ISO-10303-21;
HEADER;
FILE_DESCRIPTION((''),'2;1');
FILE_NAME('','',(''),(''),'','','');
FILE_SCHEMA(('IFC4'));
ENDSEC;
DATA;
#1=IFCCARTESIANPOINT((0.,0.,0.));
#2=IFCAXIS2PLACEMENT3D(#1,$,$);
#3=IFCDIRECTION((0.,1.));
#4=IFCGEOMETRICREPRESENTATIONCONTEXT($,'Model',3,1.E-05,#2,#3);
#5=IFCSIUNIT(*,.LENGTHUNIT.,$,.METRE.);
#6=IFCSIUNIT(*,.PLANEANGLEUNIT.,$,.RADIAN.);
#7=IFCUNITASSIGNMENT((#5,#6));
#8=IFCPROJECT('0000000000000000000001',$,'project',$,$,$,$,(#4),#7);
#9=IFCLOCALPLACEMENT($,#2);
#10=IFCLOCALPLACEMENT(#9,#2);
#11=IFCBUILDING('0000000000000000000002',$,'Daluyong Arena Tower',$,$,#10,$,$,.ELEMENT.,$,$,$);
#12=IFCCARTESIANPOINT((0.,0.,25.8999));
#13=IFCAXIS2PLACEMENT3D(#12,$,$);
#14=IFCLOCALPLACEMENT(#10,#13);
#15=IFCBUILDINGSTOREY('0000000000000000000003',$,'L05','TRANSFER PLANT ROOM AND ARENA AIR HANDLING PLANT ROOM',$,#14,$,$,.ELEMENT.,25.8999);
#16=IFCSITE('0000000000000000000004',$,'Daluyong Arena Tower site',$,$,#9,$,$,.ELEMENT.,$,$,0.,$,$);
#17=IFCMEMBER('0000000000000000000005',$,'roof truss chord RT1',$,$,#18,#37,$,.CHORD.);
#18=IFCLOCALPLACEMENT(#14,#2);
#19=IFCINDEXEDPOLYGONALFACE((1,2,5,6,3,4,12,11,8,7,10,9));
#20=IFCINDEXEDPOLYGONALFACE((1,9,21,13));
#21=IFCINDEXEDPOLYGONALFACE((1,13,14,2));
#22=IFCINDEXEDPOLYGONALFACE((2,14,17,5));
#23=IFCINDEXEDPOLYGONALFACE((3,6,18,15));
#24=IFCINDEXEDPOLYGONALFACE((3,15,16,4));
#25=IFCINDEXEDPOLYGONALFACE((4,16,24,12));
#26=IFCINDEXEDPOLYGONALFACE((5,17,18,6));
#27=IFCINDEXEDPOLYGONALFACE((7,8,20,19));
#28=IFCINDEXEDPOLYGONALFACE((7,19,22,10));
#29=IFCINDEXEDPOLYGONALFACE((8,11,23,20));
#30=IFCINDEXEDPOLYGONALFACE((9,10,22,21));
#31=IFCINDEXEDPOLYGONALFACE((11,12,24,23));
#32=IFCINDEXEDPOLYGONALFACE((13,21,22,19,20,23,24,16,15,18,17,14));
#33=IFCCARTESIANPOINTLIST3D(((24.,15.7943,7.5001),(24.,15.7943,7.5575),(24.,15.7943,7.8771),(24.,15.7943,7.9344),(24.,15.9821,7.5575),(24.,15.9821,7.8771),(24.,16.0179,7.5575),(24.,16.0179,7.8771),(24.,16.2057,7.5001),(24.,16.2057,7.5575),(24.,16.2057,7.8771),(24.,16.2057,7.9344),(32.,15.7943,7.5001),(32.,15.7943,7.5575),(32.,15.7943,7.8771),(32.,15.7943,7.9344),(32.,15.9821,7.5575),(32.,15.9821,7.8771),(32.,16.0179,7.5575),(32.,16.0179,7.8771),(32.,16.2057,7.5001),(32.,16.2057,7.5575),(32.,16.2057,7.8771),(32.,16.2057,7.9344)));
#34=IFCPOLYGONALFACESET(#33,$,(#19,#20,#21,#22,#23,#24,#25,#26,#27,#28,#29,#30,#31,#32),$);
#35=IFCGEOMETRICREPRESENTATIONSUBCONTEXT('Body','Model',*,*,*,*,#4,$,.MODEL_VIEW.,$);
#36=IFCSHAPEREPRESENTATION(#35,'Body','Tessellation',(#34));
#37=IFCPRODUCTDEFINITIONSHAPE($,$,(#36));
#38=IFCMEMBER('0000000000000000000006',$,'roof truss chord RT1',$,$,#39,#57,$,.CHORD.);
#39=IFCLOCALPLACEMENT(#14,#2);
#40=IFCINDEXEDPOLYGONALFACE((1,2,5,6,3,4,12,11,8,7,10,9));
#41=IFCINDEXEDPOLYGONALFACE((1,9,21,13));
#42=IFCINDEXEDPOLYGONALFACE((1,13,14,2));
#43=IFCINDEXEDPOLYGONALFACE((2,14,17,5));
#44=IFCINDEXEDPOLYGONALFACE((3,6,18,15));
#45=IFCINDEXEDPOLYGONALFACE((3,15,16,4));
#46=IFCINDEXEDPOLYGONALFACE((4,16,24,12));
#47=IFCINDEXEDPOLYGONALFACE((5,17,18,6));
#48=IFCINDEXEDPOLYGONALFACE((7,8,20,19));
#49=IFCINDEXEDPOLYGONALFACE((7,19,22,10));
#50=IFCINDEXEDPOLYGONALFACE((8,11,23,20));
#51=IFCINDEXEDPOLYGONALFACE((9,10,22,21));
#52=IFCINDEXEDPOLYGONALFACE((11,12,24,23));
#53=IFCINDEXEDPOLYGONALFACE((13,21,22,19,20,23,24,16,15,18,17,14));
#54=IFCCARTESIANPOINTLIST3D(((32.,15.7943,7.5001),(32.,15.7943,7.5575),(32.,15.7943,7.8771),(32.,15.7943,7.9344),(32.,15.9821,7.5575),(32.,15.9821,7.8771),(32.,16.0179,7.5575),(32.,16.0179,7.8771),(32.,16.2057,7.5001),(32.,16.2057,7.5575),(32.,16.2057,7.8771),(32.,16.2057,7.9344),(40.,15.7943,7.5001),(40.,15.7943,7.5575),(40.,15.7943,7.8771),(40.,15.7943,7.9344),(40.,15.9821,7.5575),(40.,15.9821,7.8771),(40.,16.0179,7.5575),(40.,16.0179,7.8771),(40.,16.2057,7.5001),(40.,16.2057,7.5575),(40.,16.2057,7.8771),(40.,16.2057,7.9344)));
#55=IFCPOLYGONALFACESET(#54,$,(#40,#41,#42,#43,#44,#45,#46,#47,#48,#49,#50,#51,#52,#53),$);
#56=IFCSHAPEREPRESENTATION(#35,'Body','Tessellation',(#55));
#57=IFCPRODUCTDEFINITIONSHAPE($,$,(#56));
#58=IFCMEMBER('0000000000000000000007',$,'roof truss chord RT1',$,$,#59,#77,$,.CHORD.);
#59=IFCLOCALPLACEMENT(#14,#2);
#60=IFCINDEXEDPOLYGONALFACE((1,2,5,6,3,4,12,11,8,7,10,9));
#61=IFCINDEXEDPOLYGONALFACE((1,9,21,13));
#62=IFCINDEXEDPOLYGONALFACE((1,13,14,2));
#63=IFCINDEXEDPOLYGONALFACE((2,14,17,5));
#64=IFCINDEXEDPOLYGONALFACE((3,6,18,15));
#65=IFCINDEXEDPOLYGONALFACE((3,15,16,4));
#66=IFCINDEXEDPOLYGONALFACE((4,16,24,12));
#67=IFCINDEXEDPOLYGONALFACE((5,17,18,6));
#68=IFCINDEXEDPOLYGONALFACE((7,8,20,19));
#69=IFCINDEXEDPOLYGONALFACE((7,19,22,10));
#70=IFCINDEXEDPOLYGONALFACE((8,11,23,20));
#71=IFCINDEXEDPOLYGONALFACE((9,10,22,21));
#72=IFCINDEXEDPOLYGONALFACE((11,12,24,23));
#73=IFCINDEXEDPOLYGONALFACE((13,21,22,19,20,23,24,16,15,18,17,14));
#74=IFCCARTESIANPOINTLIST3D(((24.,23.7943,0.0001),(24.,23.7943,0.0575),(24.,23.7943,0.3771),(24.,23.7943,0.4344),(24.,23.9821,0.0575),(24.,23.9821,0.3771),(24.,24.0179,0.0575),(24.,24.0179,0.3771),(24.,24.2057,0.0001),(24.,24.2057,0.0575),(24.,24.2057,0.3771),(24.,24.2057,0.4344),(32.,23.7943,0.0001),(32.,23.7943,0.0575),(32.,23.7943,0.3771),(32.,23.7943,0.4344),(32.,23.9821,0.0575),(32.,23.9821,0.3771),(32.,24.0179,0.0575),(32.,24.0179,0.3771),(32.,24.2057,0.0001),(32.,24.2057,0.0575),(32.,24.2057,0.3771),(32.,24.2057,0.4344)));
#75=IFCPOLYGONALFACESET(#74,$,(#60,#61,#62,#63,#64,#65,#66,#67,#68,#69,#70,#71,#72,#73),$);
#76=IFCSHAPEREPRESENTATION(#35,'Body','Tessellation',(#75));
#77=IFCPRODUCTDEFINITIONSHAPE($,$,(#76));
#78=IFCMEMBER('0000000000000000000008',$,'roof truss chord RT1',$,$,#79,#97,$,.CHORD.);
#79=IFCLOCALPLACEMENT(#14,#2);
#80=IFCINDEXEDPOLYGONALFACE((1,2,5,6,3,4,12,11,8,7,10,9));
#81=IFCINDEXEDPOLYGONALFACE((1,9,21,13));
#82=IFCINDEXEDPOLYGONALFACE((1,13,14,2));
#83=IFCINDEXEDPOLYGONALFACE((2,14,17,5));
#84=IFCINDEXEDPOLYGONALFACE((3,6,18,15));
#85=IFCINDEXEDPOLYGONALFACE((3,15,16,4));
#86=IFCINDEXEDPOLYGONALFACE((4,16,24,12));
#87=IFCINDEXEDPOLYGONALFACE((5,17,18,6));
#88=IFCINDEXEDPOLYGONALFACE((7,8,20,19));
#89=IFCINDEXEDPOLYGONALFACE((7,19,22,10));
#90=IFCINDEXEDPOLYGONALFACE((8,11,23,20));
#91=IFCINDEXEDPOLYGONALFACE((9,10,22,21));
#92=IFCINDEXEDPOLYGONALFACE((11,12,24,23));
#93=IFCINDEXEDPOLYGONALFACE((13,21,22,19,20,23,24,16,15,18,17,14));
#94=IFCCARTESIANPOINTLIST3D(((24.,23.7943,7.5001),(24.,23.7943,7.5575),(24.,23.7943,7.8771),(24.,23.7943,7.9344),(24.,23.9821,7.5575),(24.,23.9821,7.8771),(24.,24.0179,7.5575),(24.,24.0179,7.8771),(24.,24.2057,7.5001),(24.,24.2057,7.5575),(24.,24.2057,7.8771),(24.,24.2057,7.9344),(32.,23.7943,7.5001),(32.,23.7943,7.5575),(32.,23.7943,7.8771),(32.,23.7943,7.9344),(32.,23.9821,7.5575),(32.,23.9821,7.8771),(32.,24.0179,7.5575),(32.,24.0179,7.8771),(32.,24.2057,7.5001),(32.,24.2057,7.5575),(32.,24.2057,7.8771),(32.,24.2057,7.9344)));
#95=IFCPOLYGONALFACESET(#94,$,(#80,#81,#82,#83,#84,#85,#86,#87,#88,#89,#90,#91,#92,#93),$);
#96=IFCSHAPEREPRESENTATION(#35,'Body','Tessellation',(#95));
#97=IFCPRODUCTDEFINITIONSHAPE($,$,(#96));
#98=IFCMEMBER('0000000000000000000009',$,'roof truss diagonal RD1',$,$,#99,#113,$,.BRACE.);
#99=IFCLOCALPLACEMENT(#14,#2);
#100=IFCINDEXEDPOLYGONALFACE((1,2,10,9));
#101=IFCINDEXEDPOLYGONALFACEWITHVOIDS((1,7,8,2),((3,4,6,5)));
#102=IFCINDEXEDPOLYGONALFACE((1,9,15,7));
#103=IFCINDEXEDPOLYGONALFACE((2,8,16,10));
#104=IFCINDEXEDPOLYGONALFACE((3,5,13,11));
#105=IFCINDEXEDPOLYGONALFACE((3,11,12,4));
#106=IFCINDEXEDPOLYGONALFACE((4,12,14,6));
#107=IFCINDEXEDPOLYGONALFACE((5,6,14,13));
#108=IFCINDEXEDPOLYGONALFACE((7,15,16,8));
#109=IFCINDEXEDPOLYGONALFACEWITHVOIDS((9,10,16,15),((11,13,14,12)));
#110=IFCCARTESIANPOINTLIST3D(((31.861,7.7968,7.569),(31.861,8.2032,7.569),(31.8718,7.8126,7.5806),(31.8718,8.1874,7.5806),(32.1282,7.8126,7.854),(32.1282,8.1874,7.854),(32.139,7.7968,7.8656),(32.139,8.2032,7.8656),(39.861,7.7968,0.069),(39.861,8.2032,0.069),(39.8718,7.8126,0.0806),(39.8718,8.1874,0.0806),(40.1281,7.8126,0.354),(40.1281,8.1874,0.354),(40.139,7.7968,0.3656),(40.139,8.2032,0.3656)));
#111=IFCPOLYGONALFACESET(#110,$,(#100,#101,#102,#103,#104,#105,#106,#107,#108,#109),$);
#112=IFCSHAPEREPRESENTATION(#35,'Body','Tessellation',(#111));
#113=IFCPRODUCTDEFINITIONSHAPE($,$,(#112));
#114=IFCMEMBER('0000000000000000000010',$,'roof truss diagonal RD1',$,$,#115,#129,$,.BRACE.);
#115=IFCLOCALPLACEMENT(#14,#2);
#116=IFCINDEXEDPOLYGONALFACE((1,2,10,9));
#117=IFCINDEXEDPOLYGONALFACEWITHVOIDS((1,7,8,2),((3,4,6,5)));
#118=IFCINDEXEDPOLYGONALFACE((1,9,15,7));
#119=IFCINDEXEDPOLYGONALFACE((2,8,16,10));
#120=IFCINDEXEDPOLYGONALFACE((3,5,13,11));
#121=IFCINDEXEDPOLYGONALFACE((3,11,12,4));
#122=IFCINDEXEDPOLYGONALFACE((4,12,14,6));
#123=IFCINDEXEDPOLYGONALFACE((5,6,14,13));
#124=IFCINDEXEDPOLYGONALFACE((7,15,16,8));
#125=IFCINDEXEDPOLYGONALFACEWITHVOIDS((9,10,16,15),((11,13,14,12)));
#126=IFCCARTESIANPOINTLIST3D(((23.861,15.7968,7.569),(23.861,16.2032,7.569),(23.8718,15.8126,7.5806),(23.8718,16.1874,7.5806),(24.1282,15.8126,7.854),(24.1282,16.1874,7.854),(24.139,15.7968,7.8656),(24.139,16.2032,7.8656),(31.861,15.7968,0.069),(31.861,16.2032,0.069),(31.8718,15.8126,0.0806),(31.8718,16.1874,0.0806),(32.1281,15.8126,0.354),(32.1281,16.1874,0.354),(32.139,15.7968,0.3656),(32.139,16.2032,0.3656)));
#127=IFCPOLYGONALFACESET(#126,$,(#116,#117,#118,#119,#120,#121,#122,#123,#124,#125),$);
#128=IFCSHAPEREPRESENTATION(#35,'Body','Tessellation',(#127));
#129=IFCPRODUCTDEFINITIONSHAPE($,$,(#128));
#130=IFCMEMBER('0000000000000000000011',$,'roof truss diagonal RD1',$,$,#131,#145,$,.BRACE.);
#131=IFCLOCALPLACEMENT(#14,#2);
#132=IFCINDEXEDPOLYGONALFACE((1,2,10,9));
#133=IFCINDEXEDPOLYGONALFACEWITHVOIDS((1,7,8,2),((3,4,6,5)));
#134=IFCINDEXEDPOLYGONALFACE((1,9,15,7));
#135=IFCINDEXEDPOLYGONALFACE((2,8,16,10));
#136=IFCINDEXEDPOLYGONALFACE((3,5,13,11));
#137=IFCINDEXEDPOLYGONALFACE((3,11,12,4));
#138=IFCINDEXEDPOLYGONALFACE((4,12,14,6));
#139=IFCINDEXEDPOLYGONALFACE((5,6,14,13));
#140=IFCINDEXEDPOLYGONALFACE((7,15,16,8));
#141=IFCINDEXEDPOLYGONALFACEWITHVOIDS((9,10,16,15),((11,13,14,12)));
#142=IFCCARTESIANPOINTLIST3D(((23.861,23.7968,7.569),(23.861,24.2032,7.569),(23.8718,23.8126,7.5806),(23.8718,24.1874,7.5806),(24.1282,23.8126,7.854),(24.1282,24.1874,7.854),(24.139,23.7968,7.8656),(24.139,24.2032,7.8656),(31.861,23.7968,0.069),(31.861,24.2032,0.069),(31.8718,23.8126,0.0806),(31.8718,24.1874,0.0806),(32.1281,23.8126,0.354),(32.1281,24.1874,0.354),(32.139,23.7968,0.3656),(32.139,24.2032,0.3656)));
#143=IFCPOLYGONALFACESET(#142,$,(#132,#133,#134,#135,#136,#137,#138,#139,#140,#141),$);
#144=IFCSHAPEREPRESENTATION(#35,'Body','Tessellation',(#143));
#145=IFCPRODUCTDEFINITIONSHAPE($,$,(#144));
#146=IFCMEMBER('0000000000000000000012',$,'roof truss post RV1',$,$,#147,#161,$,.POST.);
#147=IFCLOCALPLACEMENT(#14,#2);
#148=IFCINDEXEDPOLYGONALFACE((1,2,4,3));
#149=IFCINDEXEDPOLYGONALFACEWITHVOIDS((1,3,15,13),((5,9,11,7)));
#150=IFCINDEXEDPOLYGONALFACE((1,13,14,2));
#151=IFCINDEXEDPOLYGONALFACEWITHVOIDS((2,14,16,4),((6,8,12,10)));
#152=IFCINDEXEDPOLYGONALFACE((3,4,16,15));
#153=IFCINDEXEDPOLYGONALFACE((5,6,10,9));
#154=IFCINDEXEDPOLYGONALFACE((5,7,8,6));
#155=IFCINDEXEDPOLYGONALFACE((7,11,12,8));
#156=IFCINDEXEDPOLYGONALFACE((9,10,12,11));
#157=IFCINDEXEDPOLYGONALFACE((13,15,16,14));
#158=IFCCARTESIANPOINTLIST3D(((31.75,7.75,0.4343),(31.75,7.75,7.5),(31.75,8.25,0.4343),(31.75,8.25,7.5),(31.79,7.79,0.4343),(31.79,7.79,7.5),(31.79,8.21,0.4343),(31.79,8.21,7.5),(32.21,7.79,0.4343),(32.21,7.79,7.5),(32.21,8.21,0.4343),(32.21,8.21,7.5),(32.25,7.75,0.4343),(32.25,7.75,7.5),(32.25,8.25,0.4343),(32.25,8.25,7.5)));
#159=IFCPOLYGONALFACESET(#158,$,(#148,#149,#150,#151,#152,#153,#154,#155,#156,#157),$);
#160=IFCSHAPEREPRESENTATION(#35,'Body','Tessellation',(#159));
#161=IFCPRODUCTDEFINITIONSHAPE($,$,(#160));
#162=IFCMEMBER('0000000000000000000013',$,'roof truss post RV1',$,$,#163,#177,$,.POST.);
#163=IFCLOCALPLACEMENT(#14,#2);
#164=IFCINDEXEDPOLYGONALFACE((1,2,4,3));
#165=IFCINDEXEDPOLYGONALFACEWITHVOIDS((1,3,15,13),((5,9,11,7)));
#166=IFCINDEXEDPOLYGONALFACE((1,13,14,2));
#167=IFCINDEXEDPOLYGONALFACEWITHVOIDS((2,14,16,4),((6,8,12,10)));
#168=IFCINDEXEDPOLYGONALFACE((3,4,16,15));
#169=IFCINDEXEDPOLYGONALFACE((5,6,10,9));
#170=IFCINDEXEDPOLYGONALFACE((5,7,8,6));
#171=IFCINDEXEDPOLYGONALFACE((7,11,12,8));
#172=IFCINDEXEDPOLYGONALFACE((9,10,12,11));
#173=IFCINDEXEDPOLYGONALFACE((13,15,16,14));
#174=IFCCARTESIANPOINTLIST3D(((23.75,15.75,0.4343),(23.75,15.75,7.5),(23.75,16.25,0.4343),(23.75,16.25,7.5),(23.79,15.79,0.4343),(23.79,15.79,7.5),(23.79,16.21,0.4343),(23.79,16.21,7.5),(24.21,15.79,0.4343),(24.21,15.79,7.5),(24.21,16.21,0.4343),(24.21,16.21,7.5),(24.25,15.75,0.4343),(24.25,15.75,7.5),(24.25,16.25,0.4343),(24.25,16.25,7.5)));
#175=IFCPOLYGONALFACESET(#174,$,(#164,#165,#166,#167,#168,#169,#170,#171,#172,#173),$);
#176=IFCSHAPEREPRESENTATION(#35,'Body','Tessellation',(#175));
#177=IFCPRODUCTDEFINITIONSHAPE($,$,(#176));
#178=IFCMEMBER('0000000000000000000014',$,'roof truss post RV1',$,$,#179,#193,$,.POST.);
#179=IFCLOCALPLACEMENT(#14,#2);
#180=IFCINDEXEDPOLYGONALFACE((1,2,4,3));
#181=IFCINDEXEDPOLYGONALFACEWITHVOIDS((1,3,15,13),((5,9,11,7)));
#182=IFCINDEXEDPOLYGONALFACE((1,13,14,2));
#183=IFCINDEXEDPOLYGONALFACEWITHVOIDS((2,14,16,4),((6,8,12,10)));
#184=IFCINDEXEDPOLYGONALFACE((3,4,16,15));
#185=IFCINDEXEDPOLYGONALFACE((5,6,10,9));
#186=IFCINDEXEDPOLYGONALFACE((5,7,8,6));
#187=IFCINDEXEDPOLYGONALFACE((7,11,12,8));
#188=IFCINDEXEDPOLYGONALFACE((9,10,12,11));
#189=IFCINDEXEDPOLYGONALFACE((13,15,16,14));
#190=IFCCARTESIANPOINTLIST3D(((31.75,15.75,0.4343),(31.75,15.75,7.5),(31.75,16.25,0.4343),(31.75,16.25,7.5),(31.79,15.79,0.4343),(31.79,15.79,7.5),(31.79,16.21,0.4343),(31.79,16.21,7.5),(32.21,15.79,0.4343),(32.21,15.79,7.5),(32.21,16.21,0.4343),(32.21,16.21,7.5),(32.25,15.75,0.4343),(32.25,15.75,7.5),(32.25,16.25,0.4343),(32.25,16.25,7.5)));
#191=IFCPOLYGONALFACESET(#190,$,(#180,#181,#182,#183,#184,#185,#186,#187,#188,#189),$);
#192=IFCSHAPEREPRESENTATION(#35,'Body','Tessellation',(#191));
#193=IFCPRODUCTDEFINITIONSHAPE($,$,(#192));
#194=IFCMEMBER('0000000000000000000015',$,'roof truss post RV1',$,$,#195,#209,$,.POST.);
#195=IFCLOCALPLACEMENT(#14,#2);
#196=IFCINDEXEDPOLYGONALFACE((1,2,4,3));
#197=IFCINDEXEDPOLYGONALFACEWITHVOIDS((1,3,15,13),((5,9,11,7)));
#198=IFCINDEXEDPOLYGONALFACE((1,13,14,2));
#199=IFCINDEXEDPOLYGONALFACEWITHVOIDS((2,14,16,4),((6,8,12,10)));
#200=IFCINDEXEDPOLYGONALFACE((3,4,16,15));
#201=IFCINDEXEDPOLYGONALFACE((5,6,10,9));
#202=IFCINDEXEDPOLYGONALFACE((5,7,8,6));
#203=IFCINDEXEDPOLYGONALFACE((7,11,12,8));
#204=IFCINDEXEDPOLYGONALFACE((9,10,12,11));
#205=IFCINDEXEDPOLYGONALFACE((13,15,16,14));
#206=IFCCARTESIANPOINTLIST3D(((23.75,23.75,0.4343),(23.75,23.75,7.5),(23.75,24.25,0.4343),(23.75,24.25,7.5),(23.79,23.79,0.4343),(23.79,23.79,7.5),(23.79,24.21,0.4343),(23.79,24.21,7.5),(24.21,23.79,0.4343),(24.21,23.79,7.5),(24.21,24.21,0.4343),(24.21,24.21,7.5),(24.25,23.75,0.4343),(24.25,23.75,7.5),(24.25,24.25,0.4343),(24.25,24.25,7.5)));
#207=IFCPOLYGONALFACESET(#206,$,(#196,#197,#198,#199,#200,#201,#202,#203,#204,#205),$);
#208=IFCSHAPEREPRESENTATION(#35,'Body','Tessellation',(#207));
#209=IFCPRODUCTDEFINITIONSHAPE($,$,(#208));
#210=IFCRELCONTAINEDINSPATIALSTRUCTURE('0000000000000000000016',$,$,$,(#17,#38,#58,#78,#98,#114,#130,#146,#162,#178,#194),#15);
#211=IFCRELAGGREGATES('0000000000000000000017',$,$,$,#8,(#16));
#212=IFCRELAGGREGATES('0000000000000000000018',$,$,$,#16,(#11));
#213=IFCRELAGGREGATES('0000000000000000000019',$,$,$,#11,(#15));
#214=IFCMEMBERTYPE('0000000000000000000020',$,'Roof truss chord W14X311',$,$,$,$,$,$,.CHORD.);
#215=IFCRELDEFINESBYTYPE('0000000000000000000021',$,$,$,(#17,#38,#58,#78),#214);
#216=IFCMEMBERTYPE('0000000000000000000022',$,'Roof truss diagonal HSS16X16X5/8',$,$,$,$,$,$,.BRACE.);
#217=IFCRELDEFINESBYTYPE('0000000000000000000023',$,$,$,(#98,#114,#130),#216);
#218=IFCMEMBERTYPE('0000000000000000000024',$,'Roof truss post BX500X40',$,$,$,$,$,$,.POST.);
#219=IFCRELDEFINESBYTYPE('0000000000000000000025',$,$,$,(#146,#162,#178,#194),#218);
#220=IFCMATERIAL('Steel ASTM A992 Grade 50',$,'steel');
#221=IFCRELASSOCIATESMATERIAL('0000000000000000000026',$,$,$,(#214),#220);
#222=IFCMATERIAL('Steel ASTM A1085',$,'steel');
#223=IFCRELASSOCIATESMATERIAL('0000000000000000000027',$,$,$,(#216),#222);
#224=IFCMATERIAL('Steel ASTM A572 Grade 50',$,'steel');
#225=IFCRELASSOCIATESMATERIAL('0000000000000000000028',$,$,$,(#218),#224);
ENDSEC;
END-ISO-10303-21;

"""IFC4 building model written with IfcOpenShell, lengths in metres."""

from ifc_helpers import new_model, si_unit, direction, frame, origin, origin_2d, place, context, subcontext, project, spatial, hollow_rectangle, i_section, extrude, material, material_profile, profile_set, type_object, element, save


model = new_model("IFC4")

# Units and contexts
model_context = context("Model", 3, precision=1e-05, world=origin(), true_north=direction((0.0, 1.0)))
body_context = subcontext(model_context, "Body", "Model", "MODEL_VIEW")
ifc_project = project(units=[si_unit("LENGTHUNIT", "METRE"), si_unit("PLANEANGLEUNIT", "RADIAN")], contexts=[model_context])

# Site, building, storey
site_placement = place(None, origin())
site = spatial("IfcSite", under=ifc_project, at=site_placement, Name="Daluyong Arena Tower site", CompositionType="ELEMENT", RefElevation=0.0)
building_placement = place(site_placement, origin())
building = spatial("IfcBuilding", under=site, at=building_placement, Name="Daluyong Arena Tower", CompositionType="ELEMENT")
storey_placement = place(building_placement, frame((0.0, 0.0, 25.8999)))
storey = spatial("IfcBuildingStorey", under=building, at=storey_placement, Name="L05", Description="TRANSFER PLANT ROOM AND ARENA AIR HANDLING PLANT ROOM", CompositionType="ELEMENT", Elevation=25.8999)

# Members
ifc_material_1 = material(Name="Steel ASTM A992 Grade 50", Category="steel")
ifc_material_profile_1 = material_profile(ifc_material_1, i_section(OverallWidth=0.4114, OverallDepth=0.4343, WebThickness=0.0359, FlangeThickness=0.0574, at=origin_2d()))
ifc_profile_set_1 = profile_set([ifc_material_profile_1], Name="Steel ASTM A992 Grade 50")
member_type_1 = type_object("IfcMemberType", Name="Roof truss chord W14X311", PredefinedType="CHORD", material=ifc_profile_set_1)
for number, where, z_axis, x_axis, name in (
    (1, (24.0, 16.0, 7.7173), (1.0, 0.0, 0.0), (0.0, 1.0, 0.0), "roof truss chord RT1"),
    (2, (32.0, 16.0, 7.7173), (1.0, 0.0, 0.0), (0.0, 1.0, 0.0), "roof truss chord RT1"),
    (3, (24.0, 24.0, 0.2173), (1.0, 0.0, 0.0), (0.0, 1.0, 0.0), "roof truss chord RT1"),
    (4, (24.0, 24.0, 7.7173), (1.0, 0.0, 0.0), (0.0, 1.0, 0.0), "roof truss chord RT1"),
):
    element("IfcMember", number, at=place(storey_placement, frame(where, z_axis=z_axis, x_axis=x_axis)), inside=storey, type_object=member_type_1, Name=name, PredefinedType="CHORD", context=body_context, shape_type="SweptSolid", body=[
        extrude(i_section(OverallWidth=0.4114, OverallDepth=0.4343, WebThickness=0.0359, FlangeThickness=0.0574, at=origin_2d()), origin(), (0.0, 0.0, 1.0), 8.0),
    ])
ifc_material_2 = material(Name="Steel ASTM A1085", Category="steel")
ifc_material_profile_2 = material_profile(ifc_material_2, hollow_rectangle(XDim=0.4065, YDim=0.4065, WallThickness=0.0159, at=origin_2d()))
ifc_profile_set_2 = profile_set([ifc_material_profile_2], Name="Steel ASTM A1085")
member_type_2 = type_object("IfcMemberType", Name="Roof truss diagonal HSS16X16X5/8", PredefinedType="BRACE", material=ifc_profile_set_2)
for number, where, z_axis, x_axis, name in (
    (5, (32.0, 8.0, 7.7173), (0.729537, 0.0, -0.683941), (0.0, 1.0, 0.0), "roof truss diagonal RD1"),
    (6, (24.0, 16.0, 7.7173), (0.729537, 0.0, -0.683941), (0.0, 1.0, 0.0), "roof truss diagonal RD1"),
    (7, (24.0, 24.0, 7.7173), (0.729537, 0.0, -0.683941), (0.0, 1.0, 0.0), "roof truss diagonal RD1"),
):
    element("IfcMember", number, at=place(storey_placement, frame(where, z_axis=z_axis, x_axis=x_axis)), inside=storey, type_object=member_type_2, Name=name, PredefinedType="BRACE", context=body_context, shape_type="SweptSolid", body=[
        extrude(hollow_rectangle(XDim=0.4065, YDim=0.4065, WallThickness=0.0159, at=origin_2d()), origin(), (0.0, 0.0, 1.0), 10.9658),
    ])
ifc_material_3 = material(Name="Steel ASTM A572 Grade 50", Category="steel")
ifc_material_profile_3 = material_profile(ifc_material_3, hollow_rectangle(XDim=0.5, YDim=0.5, WallThickness=0.04, at=origin_2d()))
ifc_profile_set_3 = profile_set([ifc_material_profile_3], Name="Steel ASTM A572 Grade 50")
member_type_3 = type_object("IfcMemberType", Name="Roof truss post BX500X40", PredefinedType="POST", material=ifc_profile_set_3)
for number, where, z_axis, x_axis, name in (
    (8, (32.0, 8.0, 0.4343), (0.0, 0.0, 1.0), (1.0, 0.0, 0.0), "roof truss post RV1"),
    (9, (24.0, 16.0, 0.4343), (0.0, 0.0, 1.0), (1.0, 0.0, 0.0), "roof truss post RV1"),
    (10, (32.0, 16.0, 0.4343), (0.0, 0.0, 1.0), (1.0, 0.0, 0.0), "roof truss post RV1"),
    (11, (24.0, 24.0, 0.4343), (0.0, 0.0, 1.0), (1.0, 0.0, 0.0), "roof truss post RV1"),
):
    element("IfcMember", number, at=place(storey_placement, frame(where, z_axis=z_axis, x_axis=x_axis)), inside=storey, type_object=member_type_3, Name=name, PredefinedType="POST", context=body_context, shape_type="SweptSolid", body=[
        extrude(hollow_rectangle(XDim=0.5, YDim=0.5, WallThickness=0.04, at=origin_2d()), origin(), (0.0, 0.0, 1.0), 7.0657),
    ])

save(model, "model.ifc")
